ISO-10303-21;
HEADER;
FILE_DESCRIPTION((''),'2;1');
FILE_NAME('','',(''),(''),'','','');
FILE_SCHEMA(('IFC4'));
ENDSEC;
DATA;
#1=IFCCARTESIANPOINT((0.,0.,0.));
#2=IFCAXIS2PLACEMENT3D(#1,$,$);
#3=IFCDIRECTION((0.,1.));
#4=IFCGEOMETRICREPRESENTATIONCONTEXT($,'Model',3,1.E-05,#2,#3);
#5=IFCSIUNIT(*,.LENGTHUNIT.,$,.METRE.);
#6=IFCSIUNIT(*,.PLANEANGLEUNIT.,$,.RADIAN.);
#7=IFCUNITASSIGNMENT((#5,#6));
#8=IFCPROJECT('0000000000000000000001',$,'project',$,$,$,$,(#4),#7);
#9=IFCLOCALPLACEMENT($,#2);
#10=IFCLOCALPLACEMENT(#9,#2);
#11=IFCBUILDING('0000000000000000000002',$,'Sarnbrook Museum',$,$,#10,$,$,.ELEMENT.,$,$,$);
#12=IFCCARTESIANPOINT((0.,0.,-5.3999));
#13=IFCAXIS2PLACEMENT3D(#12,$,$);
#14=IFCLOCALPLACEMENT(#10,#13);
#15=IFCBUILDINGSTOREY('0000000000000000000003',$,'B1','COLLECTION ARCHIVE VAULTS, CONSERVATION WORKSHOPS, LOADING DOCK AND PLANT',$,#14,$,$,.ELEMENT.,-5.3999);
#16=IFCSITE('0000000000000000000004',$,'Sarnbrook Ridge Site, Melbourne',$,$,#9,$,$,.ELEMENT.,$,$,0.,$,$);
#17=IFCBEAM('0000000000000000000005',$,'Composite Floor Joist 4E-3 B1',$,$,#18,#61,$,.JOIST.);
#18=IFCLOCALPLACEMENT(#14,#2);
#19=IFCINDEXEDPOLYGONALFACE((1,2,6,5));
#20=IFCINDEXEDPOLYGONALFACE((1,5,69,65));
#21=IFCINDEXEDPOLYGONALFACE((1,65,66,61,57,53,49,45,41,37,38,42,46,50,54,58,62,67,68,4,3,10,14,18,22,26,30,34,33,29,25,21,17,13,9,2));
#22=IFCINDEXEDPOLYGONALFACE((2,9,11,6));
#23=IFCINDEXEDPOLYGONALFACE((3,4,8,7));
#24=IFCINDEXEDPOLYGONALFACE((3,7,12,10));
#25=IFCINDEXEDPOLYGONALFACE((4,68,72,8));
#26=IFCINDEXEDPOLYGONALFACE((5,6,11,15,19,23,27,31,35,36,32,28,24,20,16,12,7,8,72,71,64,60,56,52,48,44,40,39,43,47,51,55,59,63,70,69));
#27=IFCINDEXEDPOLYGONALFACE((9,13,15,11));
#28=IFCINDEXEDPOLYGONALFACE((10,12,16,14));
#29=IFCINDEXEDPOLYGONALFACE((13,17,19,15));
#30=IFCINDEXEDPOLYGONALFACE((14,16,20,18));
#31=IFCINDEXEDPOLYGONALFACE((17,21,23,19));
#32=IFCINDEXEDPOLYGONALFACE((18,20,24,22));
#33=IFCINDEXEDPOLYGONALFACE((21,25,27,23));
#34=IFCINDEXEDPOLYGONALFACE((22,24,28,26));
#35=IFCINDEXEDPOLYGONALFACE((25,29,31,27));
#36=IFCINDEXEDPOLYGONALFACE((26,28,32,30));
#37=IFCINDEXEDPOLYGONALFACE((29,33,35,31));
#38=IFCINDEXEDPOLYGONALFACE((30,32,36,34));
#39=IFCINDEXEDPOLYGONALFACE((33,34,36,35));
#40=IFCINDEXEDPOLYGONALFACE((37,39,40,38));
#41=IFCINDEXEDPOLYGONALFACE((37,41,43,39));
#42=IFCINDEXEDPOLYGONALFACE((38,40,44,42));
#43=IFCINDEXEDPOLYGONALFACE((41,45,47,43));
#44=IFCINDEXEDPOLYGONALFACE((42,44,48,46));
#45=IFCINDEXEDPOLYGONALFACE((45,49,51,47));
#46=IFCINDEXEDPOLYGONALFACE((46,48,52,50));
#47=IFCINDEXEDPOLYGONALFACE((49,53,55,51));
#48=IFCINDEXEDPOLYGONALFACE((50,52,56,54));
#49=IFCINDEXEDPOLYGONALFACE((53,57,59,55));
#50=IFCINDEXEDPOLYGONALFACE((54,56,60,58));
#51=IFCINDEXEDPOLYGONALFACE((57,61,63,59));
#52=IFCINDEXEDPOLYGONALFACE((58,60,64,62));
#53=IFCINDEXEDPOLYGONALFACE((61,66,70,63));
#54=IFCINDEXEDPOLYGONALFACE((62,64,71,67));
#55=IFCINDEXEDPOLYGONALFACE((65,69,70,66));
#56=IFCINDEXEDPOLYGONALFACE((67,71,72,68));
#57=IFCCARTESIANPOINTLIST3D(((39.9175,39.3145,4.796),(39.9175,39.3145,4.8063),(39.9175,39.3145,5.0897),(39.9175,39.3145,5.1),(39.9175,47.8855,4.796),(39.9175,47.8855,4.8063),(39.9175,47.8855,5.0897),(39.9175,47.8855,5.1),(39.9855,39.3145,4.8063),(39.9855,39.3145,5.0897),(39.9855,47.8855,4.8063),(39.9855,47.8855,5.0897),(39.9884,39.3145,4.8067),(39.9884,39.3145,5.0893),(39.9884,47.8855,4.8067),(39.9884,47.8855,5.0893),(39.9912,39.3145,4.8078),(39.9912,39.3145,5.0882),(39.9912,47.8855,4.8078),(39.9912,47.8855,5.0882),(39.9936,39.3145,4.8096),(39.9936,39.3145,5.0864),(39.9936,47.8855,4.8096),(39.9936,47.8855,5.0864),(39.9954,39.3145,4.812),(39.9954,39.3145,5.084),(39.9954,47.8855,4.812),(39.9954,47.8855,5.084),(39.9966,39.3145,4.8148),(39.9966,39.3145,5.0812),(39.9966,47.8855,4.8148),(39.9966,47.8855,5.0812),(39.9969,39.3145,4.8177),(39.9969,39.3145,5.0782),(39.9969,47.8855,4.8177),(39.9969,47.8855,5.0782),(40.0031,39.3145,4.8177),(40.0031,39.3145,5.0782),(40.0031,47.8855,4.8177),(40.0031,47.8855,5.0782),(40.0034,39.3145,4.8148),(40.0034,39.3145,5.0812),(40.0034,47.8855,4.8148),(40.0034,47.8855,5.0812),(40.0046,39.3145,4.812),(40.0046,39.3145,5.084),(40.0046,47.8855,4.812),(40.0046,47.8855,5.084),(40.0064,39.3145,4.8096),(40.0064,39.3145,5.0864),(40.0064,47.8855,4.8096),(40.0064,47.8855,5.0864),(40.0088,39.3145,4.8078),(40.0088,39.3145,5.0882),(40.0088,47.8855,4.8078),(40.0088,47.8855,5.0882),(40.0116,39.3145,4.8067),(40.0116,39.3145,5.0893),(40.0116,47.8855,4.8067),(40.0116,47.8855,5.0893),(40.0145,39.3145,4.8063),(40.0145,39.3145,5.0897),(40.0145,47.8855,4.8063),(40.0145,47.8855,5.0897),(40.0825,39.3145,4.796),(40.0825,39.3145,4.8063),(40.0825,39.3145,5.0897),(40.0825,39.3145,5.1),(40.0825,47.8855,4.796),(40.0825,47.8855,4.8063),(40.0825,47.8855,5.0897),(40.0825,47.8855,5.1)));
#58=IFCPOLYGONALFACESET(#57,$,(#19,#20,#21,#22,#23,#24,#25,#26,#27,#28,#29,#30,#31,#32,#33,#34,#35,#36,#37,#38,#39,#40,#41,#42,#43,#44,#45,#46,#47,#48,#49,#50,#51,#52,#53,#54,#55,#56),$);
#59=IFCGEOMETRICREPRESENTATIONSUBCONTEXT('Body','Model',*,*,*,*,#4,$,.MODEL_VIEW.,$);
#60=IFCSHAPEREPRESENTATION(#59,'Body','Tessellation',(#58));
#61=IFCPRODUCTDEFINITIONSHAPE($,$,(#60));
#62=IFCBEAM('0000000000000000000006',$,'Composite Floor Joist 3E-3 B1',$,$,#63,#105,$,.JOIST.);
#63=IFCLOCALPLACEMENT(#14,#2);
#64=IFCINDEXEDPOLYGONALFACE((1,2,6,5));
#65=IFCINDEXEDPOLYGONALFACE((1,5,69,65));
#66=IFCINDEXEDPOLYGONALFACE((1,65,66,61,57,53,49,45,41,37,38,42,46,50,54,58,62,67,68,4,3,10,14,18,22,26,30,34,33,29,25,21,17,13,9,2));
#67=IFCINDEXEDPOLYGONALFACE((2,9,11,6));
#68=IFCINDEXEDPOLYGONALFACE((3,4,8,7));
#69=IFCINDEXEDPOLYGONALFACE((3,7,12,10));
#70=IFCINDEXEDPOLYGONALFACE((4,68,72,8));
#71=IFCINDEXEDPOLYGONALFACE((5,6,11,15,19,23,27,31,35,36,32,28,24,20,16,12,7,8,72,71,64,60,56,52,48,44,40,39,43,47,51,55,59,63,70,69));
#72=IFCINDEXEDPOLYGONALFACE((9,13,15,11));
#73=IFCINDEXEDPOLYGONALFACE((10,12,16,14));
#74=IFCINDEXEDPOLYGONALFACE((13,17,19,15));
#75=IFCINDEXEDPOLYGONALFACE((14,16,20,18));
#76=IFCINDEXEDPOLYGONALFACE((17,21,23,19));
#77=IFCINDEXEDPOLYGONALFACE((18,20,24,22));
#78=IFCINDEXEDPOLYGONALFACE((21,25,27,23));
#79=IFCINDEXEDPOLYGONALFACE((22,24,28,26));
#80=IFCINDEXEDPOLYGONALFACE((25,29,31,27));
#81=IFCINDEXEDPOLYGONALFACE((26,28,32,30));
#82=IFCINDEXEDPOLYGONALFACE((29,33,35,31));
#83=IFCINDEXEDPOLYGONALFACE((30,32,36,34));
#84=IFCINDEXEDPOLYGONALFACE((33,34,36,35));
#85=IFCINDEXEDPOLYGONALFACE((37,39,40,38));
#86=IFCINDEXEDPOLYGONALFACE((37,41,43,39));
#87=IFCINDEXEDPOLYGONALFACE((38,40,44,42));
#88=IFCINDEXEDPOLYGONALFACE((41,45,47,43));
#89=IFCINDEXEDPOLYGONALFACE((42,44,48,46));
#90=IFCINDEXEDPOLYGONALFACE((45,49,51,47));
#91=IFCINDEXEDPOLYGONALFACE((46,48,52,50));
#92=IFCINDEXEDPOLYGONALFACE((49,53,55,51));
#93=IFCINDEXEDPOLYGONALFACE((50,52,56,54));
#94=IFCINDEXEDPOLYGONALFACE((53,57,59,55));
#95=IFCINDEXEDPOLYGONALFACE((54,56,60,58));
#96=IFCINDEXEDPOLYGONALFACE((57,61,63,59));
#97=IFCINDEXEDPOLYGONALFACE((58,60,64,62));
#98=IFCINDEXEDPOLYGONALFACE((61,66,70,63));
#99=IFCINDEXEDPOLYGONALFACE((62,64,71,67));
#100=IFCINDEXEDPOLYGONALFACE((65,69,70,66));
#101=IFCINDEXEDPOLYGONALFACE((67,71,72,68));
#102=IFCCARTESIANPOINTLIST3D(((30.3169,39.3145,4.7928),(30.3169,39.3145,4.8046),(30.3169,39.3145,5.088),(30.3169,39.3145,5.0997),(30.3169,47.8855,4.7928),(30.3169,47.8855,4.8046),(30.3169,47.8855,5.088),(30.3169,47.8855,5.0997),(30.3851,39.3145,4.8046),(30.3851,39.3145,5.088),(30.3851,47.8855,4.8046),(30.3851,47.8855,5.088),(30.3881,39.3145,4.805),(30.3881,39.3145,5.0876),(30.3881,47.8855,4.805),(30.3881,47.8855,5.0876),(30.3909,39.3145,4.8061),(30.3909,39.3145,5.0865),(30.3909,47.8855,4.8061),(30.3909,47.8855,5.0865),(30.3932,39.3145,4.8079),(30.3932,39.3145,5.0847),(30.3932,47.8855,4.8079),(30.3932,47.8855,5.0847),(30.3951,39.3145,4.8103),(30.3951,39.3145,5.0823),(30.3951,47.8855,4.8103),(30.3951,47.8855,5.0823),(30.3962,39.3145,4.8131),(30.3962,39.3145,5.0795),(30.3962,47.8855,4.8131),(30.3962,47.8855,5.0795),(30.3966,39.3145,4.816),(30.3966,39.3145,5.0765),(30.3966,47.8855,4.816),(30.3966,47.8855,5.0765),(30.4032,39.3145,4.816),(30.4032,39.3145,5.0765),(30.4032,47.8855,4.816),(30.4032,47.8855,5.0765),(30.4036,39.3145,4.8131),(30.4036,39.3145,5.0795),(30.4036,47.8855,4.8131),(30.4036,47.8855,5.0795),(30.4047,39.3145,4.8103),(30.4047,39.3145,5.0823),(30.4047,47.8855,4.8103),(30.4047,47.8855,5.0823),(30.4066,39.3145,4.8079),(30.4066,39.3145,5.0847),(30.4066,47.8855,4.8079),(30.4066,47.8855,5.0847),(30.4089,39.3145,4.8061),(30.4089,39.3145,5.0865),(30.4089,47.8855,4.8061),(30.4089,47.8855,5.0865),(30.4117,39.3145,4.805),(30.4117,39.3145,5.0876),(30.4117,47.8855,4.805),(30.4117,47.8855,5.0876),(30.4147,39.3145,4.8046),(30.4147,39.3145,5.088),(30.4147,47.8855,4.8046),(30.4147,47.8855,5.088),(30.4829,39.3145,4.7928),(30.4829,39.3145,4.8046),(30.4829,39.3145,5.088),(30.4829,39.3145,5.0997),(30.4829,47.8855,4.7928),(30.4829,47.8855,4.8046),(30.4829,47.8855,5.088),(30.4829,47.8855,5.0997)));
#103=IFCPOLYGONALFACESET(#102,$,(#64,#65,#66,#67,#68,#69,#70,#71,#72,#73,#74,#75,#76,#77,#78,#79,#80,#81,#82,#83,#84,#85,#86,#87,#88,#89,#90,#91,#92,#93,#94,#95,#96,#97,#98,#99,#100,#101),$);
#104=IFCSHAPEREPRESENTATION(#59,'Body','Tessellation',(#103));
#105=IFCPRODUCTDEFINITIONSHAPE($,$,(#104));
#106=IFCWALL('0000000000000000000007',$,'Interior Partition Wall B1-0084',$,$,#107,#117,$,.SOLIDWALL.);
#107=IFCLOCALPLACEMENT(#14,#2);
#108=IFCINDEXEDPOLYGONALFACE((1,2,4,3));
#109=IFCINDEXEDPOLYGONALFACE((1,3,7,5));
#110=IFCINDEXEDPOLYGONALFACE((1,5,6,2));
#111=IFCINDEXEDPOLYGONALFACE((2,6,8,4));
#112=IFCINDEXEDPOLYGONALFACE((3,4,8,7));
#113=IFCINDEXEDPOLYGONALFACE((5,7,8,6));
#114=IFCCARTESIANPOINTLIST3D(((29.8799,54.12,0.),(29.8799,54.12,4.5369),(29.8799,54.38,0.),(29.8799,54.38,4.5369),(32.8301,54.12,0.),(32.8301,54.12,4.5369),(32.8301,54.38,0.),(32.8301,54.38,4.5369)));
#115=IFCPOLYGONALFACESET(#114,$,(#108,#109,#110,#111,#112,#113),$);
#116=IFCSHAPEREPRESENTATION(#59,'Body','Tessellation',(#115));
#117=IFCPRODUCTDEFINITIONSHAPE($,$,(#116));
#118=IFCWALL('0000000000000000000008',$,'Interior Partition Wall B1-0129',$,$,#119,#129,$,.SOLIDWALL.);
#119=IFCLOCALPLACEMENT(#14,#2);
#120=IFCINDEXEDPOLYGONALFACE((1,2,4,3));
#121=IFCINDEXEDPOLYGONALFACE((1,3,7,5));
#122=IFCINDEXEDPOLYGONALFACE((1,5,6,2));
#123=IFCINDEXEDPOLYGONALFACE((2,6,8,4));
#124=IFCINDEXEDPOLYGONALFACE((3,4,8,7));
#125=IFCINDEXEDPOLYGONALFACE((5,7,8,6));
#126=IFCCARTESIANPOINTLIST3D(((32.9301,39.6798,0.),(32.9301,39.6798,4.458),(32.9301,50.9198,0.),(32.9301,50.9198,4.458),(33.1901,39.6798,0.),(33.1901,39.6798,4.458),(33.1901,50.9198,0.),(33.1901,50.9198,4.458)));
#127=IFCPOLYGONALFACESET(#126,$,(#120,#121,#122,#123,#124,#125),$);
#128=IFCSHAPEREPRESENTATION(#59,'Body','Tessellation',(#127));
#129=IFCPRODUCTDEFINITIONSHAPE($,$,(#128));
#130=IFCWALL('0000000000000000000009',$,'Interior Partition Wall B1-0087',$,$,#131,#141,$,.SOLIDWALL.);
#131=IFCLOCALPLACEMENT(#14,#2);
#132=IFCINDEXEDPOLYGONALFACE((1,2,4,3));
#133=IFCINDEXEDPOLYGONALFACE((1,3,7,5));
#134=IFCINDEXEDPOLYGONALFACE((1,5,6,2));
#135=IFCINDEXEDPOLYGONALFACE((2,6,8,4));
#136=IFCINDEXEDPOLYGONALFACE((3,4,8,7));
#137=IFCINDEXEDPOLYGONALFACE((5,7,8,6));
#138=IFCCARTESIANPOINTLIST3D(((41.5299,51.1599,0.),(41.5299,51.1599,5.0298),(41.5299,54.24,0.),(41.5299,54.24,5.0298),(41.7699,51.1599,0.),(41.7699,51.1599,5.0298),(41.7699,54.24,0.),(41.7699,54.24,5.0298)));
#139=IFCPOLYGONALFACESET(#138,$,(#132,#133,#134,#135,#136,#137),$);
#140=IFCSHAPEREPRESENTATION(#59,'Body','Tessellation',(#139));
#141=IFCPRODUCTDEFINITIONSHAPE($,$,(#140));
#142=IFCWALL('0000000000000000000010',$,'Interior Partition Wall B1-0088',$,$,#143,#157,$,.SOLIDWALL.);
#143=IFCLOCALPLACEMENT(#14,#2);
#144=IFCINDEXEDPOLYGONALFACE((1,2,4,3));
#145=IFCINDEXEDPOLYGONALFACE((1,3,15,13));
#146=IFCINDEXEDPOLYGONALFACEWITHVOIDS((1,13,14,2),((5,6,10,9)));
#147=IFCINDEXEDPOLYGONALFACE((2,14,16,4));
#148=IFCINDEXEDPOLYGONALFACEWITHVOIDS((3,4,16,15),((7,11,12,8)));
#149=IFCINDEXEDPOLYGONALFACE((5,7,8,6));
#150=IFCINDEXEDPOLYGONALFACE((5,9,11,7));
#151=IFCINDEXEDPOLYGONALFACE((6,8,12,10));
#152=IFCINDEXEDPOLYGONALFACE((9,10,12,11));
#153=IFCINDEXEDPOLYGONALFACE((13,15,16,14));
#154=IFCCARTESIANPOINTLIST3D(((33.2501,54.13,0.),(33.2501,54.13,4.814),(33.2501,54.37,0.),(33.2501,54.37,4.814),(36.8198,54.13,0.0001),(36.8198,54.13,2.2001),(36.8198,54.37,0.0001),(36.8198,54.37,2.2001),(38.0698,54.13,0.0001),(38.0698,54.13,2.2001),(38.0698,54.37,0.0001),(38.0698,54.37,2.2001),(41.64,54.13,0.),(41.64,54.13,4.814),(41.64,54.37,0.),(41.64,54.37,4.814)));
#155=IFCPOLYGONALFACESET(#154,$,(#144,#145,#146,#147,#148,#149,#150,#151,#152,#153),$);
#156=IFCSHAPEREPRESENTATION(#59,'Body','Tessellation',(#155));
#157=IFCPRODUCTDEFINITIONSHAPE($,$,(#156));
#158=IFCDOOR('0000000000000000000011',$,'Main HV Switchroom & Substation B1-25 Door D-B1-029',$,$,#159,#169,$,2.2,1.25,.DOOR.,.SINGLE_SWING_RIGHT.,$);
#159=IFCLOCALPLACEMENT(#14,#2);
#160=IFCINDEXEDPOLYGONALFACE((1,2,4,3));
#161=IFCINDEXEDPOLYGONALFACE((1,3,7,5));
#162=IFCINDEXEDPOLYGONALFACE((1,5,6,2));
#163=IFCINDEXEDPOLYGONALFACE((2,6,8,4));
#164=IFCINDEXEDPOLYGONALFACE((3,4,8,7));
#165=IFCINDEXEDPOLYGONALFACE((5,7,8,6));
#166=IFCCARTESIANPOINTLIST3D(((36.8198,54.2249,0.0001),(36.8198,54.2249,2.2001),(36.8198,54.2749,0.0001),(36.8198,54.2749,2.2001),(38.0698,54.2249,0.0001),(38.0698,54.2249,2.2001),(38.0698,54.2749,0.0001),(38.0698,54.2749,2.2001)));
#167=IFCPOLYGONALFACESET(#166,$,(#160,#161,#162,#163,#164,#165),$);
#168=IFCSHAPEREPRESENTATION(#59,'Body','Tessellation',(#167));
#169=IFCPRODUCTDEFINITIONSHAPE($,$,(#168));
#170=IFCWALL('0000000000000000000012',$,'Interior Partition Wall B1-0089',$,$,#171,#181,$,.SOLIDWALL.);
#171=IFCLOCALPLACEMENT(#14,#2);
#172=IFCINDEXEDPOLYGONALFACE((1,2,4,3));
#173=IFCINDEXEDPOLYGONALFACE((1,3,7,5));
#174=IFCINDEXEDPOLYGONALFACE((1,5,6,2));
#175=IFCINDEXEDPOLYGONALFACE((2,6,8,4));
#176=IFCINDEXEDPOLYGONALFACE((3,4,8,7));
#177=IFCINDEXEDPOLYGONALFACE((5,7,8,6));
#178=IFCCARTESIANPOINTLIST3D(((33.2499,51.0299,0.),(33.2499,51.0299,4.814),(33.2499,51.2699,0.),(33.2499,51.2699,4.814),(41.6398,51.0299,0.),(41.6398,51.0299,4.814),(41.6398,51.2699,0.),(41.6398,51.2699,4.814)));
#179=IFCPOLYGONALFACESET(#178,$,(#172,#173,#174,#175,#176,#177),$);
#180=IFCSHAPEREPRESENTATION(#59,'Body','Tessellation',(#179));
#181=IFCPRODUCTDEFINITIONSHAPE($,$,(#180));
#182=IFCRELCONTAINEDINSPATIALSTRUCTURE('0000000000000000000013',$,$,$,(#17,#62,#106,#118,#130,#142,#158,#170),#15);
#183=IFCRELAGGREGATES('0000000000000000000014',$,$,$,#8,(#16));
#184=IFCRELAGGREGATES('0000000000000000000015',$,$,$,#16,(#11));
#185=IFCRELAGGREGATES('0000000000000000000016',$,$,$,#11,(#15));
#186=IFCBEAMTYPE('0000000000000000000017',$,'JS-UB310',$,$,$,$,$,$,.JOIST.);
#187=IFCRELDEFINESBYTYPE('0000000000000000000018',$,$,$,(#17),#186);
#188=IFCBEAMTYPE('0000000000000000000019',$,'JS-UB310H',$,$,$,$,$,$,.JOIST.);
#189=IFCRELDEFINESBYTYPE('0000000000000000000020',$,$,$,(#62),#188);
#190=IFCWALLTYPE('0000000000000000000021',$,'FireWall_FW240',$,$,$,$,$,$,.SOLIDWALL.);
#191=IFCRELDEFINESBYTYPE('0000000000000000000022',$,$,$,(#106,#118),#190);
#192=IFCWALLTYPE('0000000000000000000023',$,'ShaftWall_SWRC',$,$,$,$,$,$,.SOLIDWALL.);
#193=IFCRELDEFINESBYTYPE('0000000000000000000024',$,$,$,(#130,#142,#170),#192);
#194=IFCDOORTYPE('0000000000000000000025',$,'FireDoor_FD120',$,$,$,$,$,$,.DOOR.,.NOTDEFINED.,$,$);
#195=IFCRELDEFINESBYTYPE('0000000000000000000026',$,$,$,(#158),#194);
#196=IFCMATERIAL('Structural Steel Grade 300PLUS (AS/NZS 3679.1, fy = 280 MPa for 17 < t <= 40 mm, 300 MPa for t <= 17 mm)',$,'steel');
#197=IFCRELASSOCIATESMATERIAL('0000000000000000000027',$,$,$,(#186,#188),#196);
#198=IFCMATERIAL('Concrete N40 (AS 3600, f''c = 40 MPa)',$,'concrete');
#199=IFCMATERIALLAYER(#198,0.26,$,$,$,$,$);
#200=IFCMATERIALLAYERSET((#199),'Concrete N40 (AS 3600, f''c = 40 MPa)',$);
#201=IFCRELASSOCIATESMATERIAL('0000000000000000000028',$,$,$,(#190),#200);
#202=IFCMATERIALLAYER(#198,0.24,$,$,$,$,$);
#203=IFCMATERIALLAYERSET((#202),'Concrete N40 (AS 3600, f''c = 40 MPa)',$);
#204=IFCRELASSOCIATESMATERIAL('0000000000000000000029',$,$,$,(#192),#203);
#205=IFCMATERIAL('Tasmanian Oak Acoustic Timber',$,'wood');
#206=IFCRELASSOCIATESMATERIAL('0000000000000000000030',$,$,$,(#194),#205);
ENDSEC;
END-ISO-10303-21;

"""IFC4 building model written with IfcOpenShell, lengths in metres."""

from ifc_helpers import new_model, si_unit, direction, frame, frame_2d, origin, origin_2d, place, context, subcontext, project, spatial, rectangle, i_section, extrude, material, layer, layer_set, material_profile, profile_set, type_object, element, fill, save


model = new_model("IFC4")

# Units and contexts
model_context = context("Model", 3, precision=1e-05, world=origin(), true_north=direction((0.0, 1.0)))
body_context = subcontext(model_context, "Body", "Model", "MODEL_VIEW")
ifc_project = project(units=[si_unit("LENGTHUNIT", "METRE"), si_unit("PLANEANGLEUNIT", "RADIAN")], contexts=[model_context])

# Site, building, storey
site_placement = place(None, origin())
site = spatial("IfcSite", under=ifc_project, at=site_placement, Name="Sarnbrook Ridge Site, Melbourne", CompositionType="ELEMENT", RefElevation=0.0)
building_placement = place(site_placement, origin())
building = spatial("IfcBuilding", under=site, at=building_placement, Name="Sarnbrook Museum", CompositionType="ELEMENT")
storey_placement = place(building_placement, frame((0.0, 0.0, -5.3999)))
storey = spatial("IfcBuildingStorey", under=building, at=storey_placement, Name="B1", Description="COLLECTION ARCHIVE VAULTS, CONSERVATION WORKSHOPS, LOADING DOCK AND PLANT", CompositionType="ELEMENT", Elevation=-5.3999)

# Shared definitions
ifc_material_1 = material(Name="Concrete N40 (AS 3600, f'c = 40 MPa)", Category="concrete")

# Beams
ifc_material_2 = material(Name="Structural Steel Grade 300PLUS (AS/NZS 3679.1, fy = 280 MPa for 17 < t <= 40 mm, 300 MPa for t <= 17 mm)", Category="steel")
ifc_material_profile_1 = material_profile(ifc_material_2, i_section(OverallWidth=0.165, OverallDepth=0.304, WebThickness=0.0061, FlangeThickness=0.0103, FilletRadius=0.0115, at=origin_2d()), Name="310UB40.4")
ifc_profile_set_1 = profile_set([ifc_material_profile_1], Name="Structural Steel Grade 300PLUS (AS/NZS 3679.1, fy = 280 MPa for 17 < t <= 40 mm, 300 MPa for t <= 17 mm)")
beam_type_1 = type_object("IfcBeamType", Name="JS-UB310", PredefinedType="JOIST", material=ifc_profile_set_1)
for number, where, z_axis, x_axis, name in (
    (1, (40.0, 39.3145, 4.948), (0.0, 1.0, 0.0), (-1.0, 0.0, 0.0), "Composite Floor Joist 4E-3 B1"),
):
    element("IfcBeam", number, at=place(storey_placement, frame(where, z_axis=z_axis, x_axis=x_axis)), inside=storey, type_object=beam_type_1, Name=name, PredefinedType="JOIST", context=body_context, shape_type="SweptSolid", body=[
        extrude(i_section(OverallWidth=0.165, OverallDepth=0.304, WebThickness=0.0061, FlangeThickness=0.0103, FilletRadius=0.0115, at=origin_2d()), origin(), (0.0, 0.0, 1.0), 8.571),
    ])
ifc_material_profile_2 = material_profile(ifc_material_2, i_section(OverallWidth=0.166, OverallDepth=0.3069, WebThickness=0.0066, FlangeThickness=0.0117, FilletRadius=0.0115, at=origin_2d()), Name="310UB46.2")
ifc_profile_set_2 = profile_set([ifc_material_profile_2], Name="Structural Steel Grade 300PLUS (AS/NZS 3679.1, fy = 280 MPa for 17 < t <= 40 mm, 300 MPa for t <= 17 mm)")
beam_type_2 = type_object("IfcBeamType", Name="JS-UB310H", PredefinedType="JOIST", material=ifc_profile_set_2)
beam_1_placement = place(storey_placement, frame((30.3999, 39.3145, 4.9463), z_axis=(0.0, 1.0, 0.0), x_axis=(-1.0, 0.0, 0.0)))
element("IfcBeam", 2, at=beam_1_placement, inside=storey, type_object=beam_type_2, Name="Composite Floor Joist 3E-3 B1", PredefinedType="JOIST", context=body_context, shape_type="SweptSolid", body=[
    extrude(i_section(OverallWidth=0.166, OverallDepth=0.3069, WebThickness=0.0066, FlangeThickness=0.0117, FilletRadius=0.0115, at=origin_2d()), origin(), (0.0, 0.0, 1.0), 8.571),
])

# Shared definitions
ifc_layer_1 = layer(ifc_material_1, 0.26)
ifc_layer_set_1 = layer_set([ifc_layer_1], Name="Concrete N40 (AS 3600, f'c = 40 MPa)")
wall_type_1 = type_object("IfcWallType", Name="FireWall_FW240", PredefinedType="SOLIDWALL", material=ifc_layer_set_1)

# Walls
wall_1_placement = place(storey_placement, frame((32.8301, 54.25, 0.0), z_axis=(0.0, 0.0, 1.0), x_axis=(-1.0, 0.0, 0.0)))
element("IfcWall", 3, at=wall_1_placement, inside=storey, type_object=wall_type_1, Name="Interior Partition Wall B1-0084", PredefinedType="SOLIDWALL", context=body_context, shape_type="SweptSolid", body=[
    extrude(rectangle(XDim=2.9502, YDim=0.26, at=frame_2d((1.4751, 0.0))), origin(), (0.0, 0.0, 1.0), 4.5369),
])
wall_2_placement = place(storey_placement, frame((33.0601, 50.9199, 0.0), z_axis=(0.0, 0.0, 1.0), x_axis=(0.0, -1.0, 0.0)))
element("IfcWall", 4, at=wall_2_placement, inside=storey, type_object=wall_type_1, Name="Interior Partition Wall B1-0129", PredefinedType="SOLIDWALL", context=body_context, shape_type="SweptSolid", body=[
    extrude(rectangle(XDim=11.24, YDim=0.26, at=frame_2d((5.6201, 0.0))), origin(), (0.0, 0.0, 1.0), 4.458),
])
ifc_layer_2 = layer(ifc_material_1, 0.24)
ifc_layer_set_2 = layer_set([ifc_layer_2], Name="Concrete N40 (AS 3600, f'c = 40 MPa)")
wall_type_2 = type_object("IfcWallType", Name="ShaftWall_SWRC", PredefinedType="SOLIDWALL", material=ifc_layer_set_2)
wall_3_placement = place(storey_placement, frame((41.6499, 51.1599, 0.0), z_axis=(0.0, 0.0, 1.0), x_axis=(0.0, 1.0, 0.0)))
element("IfcWall", 5, at=wall_3_placement, inside=storey, type_object=wall_type_2, Name="Interior Partition Wall B1-0087", PredefinedType="SOLIDWALL", context=body_context, shape_type="SweptSolid", body=[
    extrude(rectangle(XDim=3.0801, YDim=0.24, at=frame_2d((1.54, 0.0))), origin(), (0.0, 0.0, 1.0), 5.0298),
])

# Wall, opening, door
wall_4_placement = place(storey_placement, frame((41.6399, 54.25, 0.0), z_axis=(0.0, 0.0, 1.0), x_axis=(-1.0, 0.0, 0.0)))
wall_4 = element("IfcWall", 6, at=wall_4_placement, inside=storey, type_object=wall_type_2, Name="Interior Partition Wall B1-0088", PredefinedType="SOLIDWALL", context=body_context, shape_type="SweptSolid", body=[
    extrude(rectangle(XDim=8.3899, YDim=0.24, at=frame_2d((4.1948, 0.0))), origin(), (0.0, 0.0, 1.0), 4.814),
])
opening_1_placement = place(wall_4_placement, frame((3.5701, 0.0, 0.0)))
opening_1 = element("IfcOpeningElement", 7, at=opening_1_placement, cuts=wall_4, PredefinedType="OPENING", context=body_context, shape_type="SweptSolid", body=[
    extrude(rectangle(XDim=1.25, YDim=2.2, at=frame_2d((0.625, 1.1001))), frame((0.0, 0.1299, 0.0), z_axis=(0.0, -1.0, 0.0), x_axis=(1.0, 0.0, 0.0)), (0.0, 0.0, 1.0), 0.26),
])
ifc_material_3 = material(Name="Tasmanian Oak Acoustic Timber", Category="wood")
door_type_1 = type_object("IfcDoorType", Name="FireDoor_FD120", OperationType="NOTDEFINED", PredefinedType="DOOR", material=ifc_material_3)
door_1_placement = place(opening_1_placement, frame((1.25, 0.0, 0.0), z_axis=(0.0, 0.0, 1.0), x_axis=(-1.0, 0.0, 0.0)))
door_1 = element("IfcDoor", 8, at=door_1_placement, inside=storey, type_object=door_type_1, Name="Main HV Switchroom & Substation B1-25 Door D-B1-029", OperationType="SINGLE_SWING_RIGHT", OverallHeight=2.2, OverallWidth=1.25, PredefinedType="DOOR", context=body_context, shape_type="SweptSolid", body=[
    extrude(rectangle(XDim=1.25, YDim=2.2, at=frame_2d((0.625, 1.1001))), frame((0.0, 0.0249, 0.0), z_axis=(0.0, -1.0, 0.0), x_axis=(1.0, 0.0, 0.0)), (0.0, 0.0, 1.0), 0.05),
])
fill(opening_1, door_1)

# Wall
wall_5_placement = place(storey_placement, frame((33.25, 51.1499, 0.0), z_axis=(0.0, 0.0, 1.0), x_axis=(1.0, 0.0, 0.0)))
element("IfcWall", 9, at=wall_5_placement, inside=storey, type_object=wall_type_2, Name="Interior Partition Wall B1-0089", PredefinedType="SOLIDWALL", context=body_context, shape_type="SweptSolid", body=[
    extrude(rectangle(XDim=8.3899, YDim=0.24, at=frame_2d((4.1948, 0.0))), origin(), (0.0, 0.0, 1.0), 4.814),
])

save(model, "model.ifc")
